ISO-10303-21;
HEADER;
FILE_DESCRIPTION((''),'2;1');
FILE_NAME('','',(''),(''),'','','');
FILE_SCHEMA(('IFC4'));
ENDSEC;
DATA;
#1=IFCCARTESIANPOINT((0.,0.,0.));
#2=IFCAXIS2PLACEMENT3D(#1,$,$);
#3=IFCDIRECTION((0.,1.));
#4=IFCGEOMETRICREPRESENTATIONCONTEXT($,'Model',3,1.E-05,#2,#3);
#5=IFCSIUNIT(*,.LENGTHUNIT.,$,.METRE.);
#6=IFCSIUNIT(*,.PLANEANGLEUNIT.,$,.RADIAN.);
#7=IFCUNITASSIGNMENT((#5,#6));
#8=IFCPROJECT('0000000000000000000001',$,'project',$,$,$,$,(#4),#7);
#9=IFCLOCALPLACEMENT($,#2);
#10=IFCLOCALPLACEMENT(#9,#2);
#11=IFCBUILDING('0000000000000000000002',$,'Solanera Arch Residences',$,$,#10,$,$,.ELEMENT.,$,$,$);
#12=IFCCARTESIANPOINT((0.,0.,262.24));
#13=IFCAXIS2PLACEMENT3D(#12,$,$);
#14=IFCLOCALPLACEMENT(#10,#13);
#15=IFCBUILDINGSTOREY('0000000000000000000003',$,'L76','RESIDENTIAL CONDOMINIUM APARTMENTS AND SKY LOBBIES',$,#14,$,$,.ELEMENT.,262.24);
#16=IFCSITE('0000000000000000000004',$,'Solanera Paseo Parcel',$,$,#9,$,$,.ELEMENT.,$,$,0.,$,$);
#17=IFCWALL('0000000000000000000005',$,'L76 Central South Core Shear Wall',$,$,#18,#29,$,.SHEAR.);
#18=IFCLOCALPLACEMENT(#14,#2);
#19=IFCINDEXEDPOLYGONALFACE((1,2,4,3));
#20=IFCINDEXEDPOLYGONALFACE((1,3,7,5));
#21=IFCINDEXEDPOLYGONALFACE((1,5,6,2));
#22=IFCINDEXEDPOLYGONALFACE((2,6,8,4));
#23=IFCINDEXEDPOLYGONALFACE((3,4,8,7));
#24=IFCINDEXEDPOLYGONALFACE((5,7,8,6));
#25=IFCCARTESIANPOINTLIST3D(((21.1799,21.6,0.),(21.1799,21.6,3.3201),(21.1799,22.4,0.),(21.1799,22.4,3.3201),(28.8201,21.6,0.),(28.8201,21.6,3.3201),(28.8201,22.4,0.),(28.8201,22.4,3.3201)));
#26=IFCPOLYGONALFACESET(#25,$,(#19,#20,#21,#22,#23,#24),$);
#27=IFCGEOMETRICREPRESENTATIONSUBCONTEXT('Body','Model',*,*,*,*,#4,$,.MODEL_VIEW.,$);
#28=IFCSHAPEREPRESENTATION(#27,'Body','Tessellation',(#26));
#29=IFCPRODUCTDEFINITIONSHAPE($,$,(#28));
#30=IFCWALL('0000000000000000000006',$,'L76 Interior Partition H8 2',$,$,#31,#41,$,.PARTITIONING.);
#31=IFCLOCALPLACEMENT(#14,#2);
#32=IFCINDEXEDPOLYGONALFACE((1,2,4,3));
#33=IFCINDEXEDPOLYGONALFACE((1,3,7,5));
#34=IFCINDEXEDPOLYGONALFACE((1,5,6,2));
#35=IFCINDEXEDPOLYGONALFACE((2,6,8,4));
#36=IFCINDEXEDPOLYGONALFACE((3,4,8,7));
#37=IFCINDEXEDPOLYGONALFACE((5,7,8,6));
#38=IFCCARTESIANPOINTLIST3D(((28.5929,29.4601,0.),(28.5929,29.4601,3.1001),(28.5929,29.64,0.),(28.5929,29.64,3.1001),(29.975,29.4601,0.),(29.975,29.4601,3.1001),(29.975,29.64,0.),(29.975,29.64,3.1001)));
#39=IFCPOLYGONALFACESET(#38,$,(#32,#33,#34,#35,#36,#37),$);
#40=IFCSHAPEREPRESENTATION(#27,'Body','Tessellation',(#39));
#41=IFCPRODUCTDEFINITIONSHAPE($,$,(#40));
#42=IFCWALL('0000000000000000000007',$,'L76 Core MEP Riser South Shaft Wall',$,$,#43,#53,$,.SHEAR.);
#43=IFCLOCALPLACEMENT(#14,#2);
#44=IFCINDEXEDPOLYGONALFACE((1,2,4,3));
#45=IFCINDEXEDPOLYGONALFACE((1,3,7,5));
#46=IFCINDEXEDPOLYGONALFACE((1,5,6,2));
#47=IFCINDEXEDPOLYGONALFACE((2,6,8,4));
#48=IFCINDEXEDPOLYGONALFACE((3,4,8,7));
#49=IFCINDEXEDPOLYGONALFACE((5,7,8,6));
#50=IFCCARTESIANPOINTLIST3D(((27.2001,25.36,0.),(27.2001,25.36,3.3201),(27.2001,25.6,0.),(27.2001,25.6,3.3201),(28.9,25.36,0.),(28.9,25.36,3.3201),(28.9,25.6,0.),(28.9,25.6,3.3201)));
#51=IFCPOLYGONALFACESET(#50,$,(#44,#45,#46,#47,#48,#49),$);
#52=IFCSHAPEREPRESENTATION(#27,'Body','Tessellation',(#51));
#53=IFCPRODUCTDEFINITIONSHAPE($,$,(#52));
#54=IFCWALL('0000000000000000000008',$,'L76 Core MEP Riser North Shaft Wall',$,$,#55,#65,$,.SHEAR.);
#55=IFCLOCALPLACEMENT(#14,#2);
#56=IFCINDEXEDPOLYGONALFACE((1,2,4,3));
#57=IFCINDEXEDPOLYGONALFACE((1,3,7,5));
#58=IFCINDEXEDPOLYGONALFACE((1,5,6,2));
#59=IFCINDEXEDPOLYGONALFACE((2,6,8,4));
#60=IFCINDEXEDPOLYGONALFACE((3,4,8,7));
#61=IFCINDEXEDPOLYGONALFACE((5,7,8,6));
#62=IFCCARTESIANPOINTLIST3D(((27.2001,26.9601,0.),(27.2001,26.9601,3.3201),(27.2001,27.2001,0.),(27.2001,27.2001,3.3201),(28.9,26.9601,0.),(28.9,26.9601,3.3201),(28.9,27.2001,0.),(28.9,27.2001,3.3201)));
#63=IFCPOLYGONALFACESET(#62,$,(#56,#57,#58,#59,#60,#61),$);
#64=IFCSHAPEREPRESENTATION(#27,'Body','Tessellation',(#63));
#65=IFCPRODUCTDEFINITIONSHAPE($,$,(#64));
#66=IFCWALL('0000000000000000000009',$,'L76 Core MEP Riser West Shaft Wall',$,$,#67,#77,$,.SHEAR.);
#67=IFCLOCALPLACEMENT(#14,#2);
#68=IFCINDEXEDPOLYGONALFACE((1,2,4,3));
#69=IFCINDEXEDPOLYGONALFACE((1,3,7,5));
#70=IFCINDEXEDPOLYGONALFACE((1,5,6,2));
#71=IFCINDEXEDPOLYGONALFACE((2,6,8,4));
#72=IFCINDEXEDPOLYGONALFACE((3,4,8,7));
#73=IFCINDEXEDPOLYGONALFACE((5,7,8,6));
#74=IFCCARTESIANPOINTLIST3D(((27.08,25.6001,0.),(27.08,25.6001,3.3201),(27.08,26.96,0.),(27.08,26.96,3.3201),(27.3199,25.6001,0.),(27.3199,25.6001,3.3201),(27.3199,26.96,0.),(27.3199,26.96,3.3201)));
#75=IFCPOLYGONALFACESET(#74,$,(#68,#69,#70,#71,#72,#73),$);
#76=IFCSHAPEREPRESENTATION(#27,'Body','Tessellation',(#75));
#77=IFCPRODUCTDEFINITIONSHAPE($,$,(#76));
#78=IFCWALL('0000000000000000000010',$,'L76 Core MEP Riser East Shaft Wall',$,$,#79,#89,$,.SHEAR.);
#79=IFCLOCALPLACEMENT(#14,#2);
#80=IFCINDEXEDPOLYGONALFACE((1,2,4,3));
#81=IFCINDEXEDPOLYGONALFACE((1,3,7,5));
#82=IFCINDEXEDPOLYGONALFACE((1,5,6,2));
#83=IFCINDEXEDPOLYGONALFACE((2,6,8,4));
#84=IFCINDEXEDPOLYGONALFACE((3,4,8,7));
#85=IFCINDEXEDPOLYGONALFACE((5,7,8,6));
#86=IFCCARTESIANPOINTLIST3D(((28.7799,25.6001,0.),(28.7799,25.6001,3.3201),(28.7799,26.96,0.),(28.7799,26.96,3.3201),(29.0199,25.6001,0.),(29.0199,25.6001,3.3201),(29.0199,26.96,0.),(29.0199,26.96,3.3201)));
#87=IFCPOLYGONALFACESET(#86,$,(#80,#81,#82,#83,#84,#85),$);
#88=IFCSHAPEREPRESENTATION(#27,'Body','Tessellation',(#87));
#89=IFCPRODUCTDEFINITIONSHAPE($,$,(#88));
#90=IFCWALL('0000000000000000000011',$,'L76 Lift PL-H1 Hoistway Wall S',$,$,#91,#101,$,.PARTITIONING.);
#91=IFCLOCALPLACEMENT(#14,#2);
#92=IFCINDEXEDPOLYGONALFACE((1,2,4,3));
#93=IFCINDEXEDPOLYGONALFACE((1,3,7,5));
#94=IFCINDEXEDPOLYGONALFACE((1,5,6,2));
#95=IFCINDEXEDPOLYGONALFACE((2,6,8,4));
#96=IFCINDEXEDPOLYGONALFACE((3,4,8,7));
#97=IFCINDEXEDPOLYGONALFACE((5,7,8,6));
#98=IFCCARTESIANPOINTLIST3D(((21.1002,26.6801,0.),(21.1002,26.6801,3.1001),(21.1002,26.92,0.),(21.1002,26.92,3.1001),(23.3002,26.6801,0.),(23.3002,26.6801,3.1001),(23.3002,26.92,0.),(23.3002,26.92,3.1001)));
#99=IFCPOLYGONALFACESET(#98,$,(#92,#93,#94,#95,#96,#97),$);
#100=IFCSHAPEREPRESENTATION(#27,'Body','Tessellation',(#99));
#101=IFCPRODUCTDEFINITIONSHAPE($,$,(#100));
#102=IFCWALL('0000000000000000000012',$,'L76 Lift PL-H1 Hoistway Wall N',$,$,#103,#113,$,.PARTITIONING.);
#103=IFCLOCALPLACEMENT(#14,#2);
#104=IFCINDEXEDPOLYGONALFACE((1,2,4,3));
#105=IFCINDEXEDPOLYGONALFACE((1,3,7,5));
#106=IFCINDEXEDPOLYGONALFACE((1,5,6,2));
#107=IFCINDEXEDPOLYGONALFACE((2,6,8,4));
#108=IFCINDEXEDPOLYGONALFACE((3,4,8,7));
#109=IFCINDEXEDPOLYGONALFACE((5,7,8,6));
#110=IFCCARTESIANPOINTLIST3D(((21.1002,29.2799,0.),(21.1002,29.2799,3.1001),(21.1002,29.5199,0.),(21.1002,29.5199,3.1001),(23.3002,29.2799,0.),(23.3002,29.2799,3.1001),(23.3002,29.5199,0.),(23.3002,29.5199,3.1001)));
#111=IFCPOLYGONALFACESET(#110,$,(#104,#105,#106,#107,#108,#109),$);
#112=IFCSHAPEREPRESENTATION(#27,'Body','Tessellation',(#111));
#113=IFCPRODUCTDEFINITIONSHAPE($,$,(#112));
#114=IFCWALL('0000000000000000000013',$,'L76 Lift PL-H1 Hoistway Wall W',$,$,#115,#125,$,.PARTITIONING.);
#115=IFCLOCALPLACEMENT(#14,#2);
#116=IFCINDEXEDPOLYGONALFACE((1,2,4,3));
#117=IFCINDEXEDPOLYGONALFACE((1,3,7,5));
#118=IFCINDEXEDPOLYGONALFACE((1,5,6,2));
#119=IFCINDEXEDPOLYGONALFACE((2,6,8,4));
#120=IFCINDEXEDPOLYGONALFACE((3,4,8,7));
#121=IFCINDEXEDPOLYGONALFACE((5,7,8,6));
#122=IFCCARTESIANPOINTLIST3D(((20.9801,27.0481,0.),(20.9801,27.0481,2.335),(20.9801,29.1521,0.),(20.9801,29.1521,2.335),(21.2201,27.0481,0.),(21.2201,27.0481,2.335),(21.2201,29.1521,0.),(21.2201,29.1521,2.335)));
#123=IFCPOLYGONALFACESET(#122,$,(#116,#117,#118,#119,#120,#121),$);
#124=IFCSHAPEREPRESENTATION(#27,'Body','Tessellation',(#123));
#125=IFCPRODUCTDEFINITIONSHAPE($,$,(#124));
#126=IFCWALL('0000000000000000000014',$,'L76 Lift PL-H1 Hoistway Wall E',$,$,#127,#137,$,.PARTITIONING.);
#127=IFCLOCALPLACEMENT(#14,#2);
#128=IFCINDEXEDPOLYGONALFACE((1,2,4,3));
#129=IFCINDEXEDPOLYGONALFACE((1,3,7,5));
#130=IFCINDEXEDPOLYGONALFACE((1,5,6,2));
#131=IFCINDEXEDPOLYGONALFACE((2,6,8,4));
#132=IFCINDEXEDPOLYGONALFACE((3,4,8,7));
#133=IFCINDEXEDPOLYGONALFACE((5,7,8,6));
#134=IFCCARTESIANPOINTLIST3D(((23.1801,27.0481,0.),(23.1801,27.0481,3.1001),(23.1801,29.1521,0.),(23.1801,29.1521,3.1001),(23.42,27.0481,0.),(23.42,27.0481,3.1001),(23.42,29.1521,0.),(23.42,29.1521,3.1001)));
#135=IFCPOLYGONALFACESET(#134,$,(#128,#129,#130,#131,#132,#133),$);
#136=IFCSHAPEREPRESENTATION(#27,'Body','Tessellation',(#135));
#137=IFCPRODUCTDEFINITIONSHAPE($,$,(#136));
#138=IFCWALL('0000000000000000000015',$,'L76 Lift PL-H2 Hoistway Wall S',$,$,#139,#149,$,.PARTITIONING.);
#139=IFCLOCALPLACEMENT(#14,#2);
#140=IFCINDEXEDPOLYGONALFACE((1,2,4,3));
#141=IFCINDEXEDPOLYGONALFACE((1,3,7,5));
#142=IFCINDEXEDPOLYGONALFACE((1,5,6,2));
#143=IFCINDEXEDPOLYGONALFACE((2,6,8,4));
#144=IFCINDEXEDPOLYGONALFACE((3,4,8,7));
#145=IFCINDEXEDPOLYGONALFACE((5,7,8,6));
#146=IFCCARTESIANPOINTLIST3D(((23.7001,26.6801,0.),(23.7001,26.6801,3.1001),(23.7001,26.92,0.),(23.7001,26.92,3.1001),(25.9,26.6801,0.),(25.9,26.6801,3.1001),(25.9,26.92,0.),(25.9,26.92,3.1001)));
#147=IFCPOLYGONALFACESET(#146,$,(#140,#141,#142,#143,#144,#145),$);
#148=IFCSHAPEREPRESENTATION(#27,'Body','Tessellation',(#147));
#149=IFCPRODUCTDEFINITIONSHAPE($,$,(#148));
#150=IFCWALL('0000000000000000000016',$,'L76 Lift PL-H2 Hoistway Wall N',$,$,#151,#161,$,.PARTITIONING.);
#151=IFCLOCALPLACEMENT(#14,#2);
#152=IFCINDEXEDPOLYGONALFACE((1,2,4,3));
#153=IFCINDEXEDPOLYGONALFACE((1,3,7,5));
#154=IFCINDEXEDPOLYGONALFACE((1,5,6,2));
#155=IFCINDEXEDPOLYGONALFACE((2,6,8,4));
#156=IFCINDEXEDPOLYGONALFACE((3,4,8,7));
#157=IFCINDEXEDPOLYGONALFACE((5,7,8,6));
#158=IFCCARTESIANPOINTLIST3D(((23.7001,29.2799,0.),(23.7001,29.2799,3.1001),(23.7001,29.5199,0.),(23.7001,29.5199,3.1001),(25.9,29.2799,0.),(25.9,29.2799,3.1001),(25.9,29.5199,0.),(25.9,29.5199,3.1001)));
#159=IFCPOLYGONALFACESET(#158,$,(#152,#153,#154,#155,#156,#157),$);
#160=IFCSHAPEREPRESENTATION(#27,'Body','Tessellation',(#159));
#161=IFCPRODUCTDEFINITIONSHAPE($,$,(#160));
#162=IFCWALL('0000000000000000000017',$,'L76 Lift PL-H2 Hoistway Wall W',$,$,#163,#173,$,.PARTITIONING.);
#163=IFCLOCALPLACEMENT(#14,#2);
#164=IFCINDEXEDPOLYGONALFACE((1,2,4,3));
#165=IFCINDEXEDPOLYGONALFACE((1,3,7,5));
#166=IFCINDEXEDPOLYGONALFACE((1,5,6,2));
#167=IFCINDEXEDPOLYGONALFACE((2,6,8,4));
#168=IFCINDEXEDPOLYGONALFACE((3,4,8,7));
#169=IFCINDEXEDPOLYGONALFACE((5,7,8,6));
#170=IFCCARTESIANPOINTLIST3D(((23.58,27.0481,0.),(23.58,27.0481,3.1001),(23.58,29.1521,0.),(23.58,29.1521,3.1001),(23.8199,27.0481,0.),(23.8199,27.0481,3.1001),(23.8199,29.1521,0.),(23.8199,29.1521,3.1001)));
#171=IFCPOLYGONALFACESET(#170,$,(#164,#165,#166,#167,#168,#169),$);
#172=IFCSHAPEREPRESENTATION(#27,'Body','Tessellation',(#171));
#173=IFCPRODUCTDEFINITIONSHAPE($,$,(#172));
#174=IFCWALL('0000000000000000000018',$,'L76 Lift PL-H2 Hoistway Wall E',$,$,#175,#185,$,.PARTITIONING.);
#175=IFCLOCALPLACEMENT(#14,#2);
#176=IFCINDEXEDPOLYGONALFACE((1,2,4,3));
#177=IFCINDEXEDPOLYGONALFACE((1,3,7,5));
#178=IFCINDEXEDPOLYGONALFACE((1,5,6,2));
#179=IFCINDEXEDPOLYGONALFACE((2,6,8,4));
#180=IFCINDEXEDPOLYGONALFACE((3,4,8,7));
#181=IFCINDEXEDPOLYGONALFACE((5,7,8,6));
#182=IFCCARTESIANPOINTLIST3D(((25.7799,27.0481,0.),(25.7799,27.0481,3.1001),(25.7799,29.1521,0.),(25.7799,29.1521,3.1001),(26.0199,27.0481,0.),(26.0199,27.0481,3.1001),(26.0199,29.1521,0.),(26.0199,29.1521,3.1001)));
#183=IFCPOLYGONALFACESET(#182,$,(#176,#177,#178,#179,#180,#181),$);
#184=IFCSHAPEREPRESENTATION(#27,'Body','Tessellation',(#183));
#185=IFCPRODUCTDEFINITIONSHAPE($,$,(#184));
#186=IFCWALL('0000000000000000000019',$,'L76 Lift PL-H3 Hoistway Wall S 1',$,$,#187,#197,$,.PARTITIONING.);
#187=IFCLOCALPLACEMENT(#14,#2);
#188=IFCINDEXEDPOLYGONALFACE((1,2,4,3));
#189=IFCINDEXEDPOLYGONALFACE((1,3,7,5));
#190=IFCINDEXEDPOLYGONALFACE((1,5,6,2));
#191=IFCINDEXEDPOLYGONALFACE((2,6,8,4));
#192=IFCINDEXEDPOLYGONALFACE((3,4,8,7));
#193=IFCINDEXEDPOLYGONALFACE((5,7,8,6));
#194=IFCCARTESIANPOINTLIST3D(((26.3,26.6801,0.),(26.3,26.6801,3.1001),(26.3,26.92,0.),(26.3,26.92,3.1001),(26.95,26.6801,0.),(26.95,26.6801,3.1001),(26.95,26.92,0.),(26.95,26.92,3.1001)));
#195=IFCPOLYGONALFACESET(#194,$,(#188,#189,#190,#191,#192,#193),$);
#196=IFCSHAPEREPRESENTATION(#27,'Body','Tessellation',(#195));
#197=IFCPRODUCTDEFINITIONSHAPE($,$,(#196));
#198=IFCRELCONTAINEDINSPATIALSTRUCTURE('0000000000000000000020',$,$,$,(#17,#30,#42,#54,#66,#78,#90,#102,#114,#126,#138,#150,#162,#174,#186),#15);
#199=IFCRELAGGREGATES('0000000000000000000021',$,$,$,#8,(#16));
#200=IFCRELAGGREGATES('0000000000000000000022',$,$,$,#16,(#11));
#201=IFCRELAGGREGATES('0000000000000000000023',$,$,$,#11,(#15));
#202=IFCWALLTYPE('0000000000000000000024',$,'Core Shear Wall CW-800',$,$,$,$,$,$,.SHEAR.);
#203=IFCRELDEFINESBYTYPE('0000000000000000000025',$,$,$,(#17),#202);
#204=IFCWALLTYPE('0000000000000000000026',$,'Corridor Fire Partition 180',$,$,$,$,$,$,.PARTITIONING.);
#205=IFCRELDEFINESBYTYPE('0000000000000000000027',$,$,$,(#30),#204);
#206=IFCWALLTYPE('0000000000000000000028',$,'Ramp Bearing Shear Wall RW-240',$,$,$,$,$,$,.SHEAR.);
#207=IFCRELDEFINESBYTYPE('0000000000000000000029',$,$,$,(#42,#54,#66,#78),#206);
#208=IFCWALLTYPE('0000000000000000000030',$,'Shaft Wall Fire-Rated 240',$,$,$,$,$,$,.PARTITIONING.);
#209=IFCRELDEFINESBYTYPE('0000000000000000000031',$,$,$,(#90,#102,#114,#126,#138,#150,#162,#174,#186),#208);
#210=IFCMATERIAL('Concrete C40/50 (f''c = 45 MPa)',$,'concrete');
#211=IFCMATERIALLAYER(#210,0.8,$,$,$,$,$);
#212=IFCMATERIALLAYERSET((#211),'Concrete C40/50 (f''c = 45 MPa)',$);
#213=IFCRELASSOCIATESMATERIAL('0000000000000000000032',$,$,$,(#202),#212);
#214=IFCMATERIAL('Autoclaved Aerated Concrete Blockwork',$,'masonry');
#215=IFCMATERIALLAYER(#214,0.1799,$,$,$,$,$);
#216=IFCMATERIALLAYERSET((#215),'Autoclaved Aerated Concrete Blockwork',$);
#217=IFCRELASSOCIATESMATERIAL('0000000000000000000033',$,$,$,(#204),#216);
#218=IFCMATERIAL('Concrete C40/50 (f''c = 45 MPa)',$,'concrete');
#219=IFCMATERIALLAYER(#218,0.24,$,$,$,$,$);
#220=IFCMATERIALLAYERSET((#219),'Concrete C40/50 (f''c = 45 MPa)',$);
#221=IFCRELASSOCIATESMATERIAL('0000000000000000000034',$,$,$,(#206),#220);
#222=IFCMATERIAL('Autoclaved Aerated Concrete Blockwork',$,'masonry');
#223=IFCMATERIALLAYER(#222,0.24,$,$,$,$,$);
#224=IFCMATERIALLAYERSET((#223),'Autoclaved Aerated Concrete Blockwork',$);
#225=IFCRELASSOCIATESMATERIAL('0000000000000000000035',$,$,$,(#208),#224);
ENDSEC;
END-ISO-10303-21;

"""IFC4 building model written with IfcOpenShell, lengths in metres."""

from ifc_helpers import new_model, si_unit, direction, frame, frame_2d, origin, place, context, subcontext, project, spatial, rectangle, extrude, material, layer, layer_set, type_object, element, save


model = new_model("IFC4")

# Units and contexts
model_context = context("Model", 3, precision=1e-05, world=origin(), true_north=direction((0.0, 1.0)))
body_context = subcontext(model_context, "Body", "Model", "MODEL_VIEW")
ifc_project = project(units=[si_unit("LENGTHUNIT", "METRE"), si_unit("PLANEANGLEUNIT", "RADIAN")], contexts=[model_context])

# Site, building, storey
site_placement = place(None, origin())
site = spatial("IfcSite", under=ifc_project, at=site_placement, Name="Solanera Paseo Parcel", CompositionType="ELEMENT", RefElevation=0.0)
building_placement = place(site_placement, origin())
building = spatial("IfcBuilding", under=site, at=building_placement, Name="Solanera Arch Residences", CompositionType="ELEMENT")
storey_placement = place(building_placement, frame((0.0, 0.0, 262.24)))
storey = spatial("IfcBuildingStorey", under=building, at=storey_placement, Name="L76", Description="RESIDENTIAL CONDOMINIUM APARTMENTS AND SKY LOBBIES", CompositionType="ELEMENT", Elevation=262.24)

# Walls
ifc_material_1 = material(Name="Concrete C40/50 (f'c = 45 MPa)", Category="concrete")
ifc_layer_1 = layer(ifc_material_1, 0.8)
ifc_layer_set_1 = layer_set([ifc_layer_1], Name="Concrete C40/50 (f'c = 45 MPa)")
wall_type_1 = type_object("IfcWallType", Name="Core Shear Wall CW-800", PredefinedType="SHEAR", material=ifc_layer_set_1)
wall_1_placement = place(storey_placement, frame((21.1799, 22.0, 0.0), z_axis=(0.0, 0.0, 1.0), x_axis=(1.0, 0.0, 0.0)))
element("IfcWall", 1, at=wall_1_placement, inside=storey, type_object=wall_type_1, Name="L76 Central South Core Shear Wall", PredefinedType="SHEAR", context=body_context, shape_type="SweptSolid", body=[
    extrude(rectangle(XDim=7.6401, YDim=0.8, at=frame_2d((3.8201, 0.0))), origin(), (0.0, 0.0, 1.0), 3.3201),
])
ifc_material_2 = material(Name="Autoclaved Aerated Concrete Blockwork", Category="masonry")
ifc_layer_2 = layer(ifc_material_2, 0.1799)
ifc_layer_set_2 = layer_set([ifc_layer_2], Name="Autoclaved Aerated Concrete Blockwork")
wall_type_2 = type_object("IfcWallType", Name="Corridor Fire Partition 180", PredefinedType="PARTITIONING", material=ifc_layer_set_2)
wall_2_placement = place(storey_placement, frame((28.593, 29.55, 0.0), z_axis=(0.0, 0.0, 1.0), x_axis=(1.0, 0.0, 0.0)))
element("IfcWall", 2, at=wall_2_placement, inside=storey, type_object=wall_type_2, Name="L76 Interior Partition H8 2", PredefinedType="PARTITIONING", context=body_context, shape_type="SweptSolid", body=[
    extrude(rectangle(XDim=1.3821, YDim=0.1799, at=frame_2d((0.6909, 0.0))), origin(), (0.0, 0.0, 1.0), 3.1001),
])
ifc_material_3 = material(Name="Concrete C40/50 (f'c = 45 MPa)", Category="concrete")
ifc_layer_3 = layer(ifc_material_3, 0.24)
ifc_layer_set_3 = layer_set([ifc_layer_3], Name="Concrete C40/50 (f'c = 45 MPa)")
wall_type_3 = type_object("IfcWallType", Name="Ramp Bearing Shear Wall RW-240", PredefinedType="SHEAR", material=ifc_layer_set_3)
for number, where, z_axis, x_axis, name in (
    (3, (27.2, 25.48, 0.0), (0.0, 0.0, 1.0), (1.0, 0.0, 0.0), "L76 Core MEP Riser South Shaft Wall"),
    (4, (27.2, 27.0801, 0.0), (0.0, 0.0, 1.0), (1.0, 0.0, 0.0), "L76 Core MEP Riser North Shaft Wall"),
):
    element("IfcWall", number, at=place(storey_placement, frame(where, z_axis=z_axis, x_axis=x_axis)), inside=storey, type_object=wall_type_3, Name=name, PredefinedType="SHEAR", context=body_context, shape_type="SweptSolid", body=[
        extrude(rectangle(XDim=1.7, YDim=0.24, at=frame_2d((0.8501, 0.0))), origin(), (0.0, 0.0, 1.0), 3.3201),
    ])
for number, where, z_axis, x_axis, name in (
    (5, (27.2, 25.6001, 0.0), (0.0, 0.0, 1.0), (0.0, 1.0, 0.0), "L76 Core MEP Riser West Shaft Wall"),
    (6, (28.8999, 25.6001, 0.0), (0.0, 0.0, 1.0), (0.0, 1.0, 0.0), "L76 Core MEP Riser East Shaft Wall"),
):
    element("IfcWall", number, at=place(storey_placement, frame(where, z_axis=z_axis, x_axis=x_axis)), inside=storey, type_object=wall_type_3, Name=name, PredefinedType="SHEAR", context=body_context, shape_type="SweptSolid", body=[
        extrude(rectangle(XDim=1.3599, YDim=0.24, at=frame_2d((0.6799, 0.0))), origin(), (0.0, 0.0, 1.0), 3.3201),
    ])
ifc_material_4 = material(Name="Autoclaved Aerated Concrete Blockwork", Category="masonry")
ifc_layer_4 = layer(ifc_material_4, 0.24)
ifc_layer_set_4 = layer_set([ifc_layer_4], Name="Autoclaved Aerated Concrete Blockwork")
wall_type_4 = type_object("IfcWallType", Name="Shaft Wall Fire-Rated 240", PredefinedType="PARTITIONING", material=ifc_layer_set_4)
for number, where, z_axis, x_axis, name in (
    (7, (21.1001, 26.8, 0.0), (0.0, 0.0, 1.0), (1.0, 0.0, 0.0), "L76 Lift PL-H1 Hoistway Wall S"),
    (8, (21.1001, 29.3999, 0.0), (0.0, 0.0, 1.0), (1.0, 0.0, 0.0), "L76 Lift PL-H1 Hoistway Wall N"),
):
    element("IfcWall", number, at=place(storey_placement, frame(where, z_axis=z_axis, x_axis=x_axis)), inside=storey, type_object=wall_type_4, Name=name, PredefinedType="PARTITIONING", context=body_context, shape_type="SweptSolid", body=[
        extrude(rectangle(XDim=2.2, YDim=0.24, at=frame_2d((1.1001, 0.0))), origin(), (0.0, 0.0, 1.0), 3.1001),
    ])
wall_3_placement = place(storey_placement, frame((21.1001, 27.0481, 0.0), z_axis=(0.0, 0.0, 1.0), x_axis=(0.0, 1.0, 0.0)))
element("IfcWall", 9, at=wall_3_placement, inside=storey, type_object=wall_type_4, Name="L76 Lift PL-H1 Hoistway Wall W", PredefinedType="PARTITIONING", context=body_context, shape_type="SweptSolid", body=[
    extrude(rectangle(XDim=2.104, YDim=0.24, at=frame_2d((1.052, 0.0))), origin(), (0.0, 0.0, 1.0), 2.335),
])
wall_4_placement = place(storey_placement, frame((23.3, 27.0481, 0.0), z_axis=(0.0, 0.0, 1.0), x_axis=(0.0, 1.0, 0.0)))
element("IfcWall", 10, at=wall_4_placement, inside=storey, type_object=wall_type_4, Name="L76 Lift PL-H1 Hoistway Wall E", PredefinedType="PARTITIONING", context=body_context, shape_type="SweptSolid", body=[
    extrude(rectangle(XDim=2.104, YDim=0.24, at=frame_2d((1.052, 0.0))), origin(), (0.0, 0.0, 1.0), 3.1001),
])
for number, where, z_axis, x_axis, name in (
    (11, (23.7, 26.8, 0.0), (0.0, 0.0, 1.0), (1.0, 0.0, 0.0), "L76 Lift PL-H2 Hoistway Wall S"),
    (12, (23.7, 29.3999, 0.0), (0.0, 0.0, 1.0), (1.0, 0.0, 0.0), "L76 Lift PL-H2 Hoistway Wall N"),
):
    element("IfcWall", number, at=place(storey_placement, frame(where, z_axis=z_axis, x_axis=x_axis)), inside=storey, type_object=wall_type_4, Name=name, PredefinedType="PARTITIONING", context=body_context, shape_type="SweptSolid", body=[
        extrude(rectangle(XDim=2.2, YDim=0.24, at=frame_2d((1.1001, 0.0))), origin(), (0.0, 0.0, 1.0), 3.1001),
    ])
for number, where, z_axis, x_axis, name in (
    (13, (23.7, 27.0481, 0.0), (0.0, 0.0, 1.0), (0.0, 1.0, 0.0), "L76 Lift PL-H2 Hoistway Wall W"),
    (14, (25.8999, 27.0481, 0.0), (0.0, 0.0, 1.0), (0.0, 1.0, 0.0), "L76 Lift PL-H2 Hoistway Wall E"),
):
    element("IfcWall", number, at=place(storey_placement, frame(where, z_axis=z_axis, x_axis=x_axis)), inside=storey, type_object=wall_type_4, Name=name, PredefinedType="PARTITIONING", context=body_context, shape_type="SweptSolid", body=[
        extrude(rectangle(XDim=2.104, YDim=0.24, at=frame_2d((1.052, 0.0))), origin(), (0.0, 0.0, 1.0), 3.1001),
    ])
wall_5_placement = place(storey_placement, frame((26.3, 26.8, 0.0), z_axis=(0.0, 0.0, 1.0), x_axis=(1.0, 0.0, 0.0)))
element("IfcWall", 15, at=wall_5_placement, inside=storey, type_object=wall_type_4, Name="L76 Lift PL-H3 Hoistway Wall S 1", PredefinedType="PARTITIONING", context=body_context, shape_type="SweptSolid", body=[
    extrude(rectangle(XDim=0.6499, YDim=0.24, at=frame_2d((0.325, 0.0))), origin(), (0.0, 0.0, 1.0), 3.1001),
])

save(model, "model.ifc")
